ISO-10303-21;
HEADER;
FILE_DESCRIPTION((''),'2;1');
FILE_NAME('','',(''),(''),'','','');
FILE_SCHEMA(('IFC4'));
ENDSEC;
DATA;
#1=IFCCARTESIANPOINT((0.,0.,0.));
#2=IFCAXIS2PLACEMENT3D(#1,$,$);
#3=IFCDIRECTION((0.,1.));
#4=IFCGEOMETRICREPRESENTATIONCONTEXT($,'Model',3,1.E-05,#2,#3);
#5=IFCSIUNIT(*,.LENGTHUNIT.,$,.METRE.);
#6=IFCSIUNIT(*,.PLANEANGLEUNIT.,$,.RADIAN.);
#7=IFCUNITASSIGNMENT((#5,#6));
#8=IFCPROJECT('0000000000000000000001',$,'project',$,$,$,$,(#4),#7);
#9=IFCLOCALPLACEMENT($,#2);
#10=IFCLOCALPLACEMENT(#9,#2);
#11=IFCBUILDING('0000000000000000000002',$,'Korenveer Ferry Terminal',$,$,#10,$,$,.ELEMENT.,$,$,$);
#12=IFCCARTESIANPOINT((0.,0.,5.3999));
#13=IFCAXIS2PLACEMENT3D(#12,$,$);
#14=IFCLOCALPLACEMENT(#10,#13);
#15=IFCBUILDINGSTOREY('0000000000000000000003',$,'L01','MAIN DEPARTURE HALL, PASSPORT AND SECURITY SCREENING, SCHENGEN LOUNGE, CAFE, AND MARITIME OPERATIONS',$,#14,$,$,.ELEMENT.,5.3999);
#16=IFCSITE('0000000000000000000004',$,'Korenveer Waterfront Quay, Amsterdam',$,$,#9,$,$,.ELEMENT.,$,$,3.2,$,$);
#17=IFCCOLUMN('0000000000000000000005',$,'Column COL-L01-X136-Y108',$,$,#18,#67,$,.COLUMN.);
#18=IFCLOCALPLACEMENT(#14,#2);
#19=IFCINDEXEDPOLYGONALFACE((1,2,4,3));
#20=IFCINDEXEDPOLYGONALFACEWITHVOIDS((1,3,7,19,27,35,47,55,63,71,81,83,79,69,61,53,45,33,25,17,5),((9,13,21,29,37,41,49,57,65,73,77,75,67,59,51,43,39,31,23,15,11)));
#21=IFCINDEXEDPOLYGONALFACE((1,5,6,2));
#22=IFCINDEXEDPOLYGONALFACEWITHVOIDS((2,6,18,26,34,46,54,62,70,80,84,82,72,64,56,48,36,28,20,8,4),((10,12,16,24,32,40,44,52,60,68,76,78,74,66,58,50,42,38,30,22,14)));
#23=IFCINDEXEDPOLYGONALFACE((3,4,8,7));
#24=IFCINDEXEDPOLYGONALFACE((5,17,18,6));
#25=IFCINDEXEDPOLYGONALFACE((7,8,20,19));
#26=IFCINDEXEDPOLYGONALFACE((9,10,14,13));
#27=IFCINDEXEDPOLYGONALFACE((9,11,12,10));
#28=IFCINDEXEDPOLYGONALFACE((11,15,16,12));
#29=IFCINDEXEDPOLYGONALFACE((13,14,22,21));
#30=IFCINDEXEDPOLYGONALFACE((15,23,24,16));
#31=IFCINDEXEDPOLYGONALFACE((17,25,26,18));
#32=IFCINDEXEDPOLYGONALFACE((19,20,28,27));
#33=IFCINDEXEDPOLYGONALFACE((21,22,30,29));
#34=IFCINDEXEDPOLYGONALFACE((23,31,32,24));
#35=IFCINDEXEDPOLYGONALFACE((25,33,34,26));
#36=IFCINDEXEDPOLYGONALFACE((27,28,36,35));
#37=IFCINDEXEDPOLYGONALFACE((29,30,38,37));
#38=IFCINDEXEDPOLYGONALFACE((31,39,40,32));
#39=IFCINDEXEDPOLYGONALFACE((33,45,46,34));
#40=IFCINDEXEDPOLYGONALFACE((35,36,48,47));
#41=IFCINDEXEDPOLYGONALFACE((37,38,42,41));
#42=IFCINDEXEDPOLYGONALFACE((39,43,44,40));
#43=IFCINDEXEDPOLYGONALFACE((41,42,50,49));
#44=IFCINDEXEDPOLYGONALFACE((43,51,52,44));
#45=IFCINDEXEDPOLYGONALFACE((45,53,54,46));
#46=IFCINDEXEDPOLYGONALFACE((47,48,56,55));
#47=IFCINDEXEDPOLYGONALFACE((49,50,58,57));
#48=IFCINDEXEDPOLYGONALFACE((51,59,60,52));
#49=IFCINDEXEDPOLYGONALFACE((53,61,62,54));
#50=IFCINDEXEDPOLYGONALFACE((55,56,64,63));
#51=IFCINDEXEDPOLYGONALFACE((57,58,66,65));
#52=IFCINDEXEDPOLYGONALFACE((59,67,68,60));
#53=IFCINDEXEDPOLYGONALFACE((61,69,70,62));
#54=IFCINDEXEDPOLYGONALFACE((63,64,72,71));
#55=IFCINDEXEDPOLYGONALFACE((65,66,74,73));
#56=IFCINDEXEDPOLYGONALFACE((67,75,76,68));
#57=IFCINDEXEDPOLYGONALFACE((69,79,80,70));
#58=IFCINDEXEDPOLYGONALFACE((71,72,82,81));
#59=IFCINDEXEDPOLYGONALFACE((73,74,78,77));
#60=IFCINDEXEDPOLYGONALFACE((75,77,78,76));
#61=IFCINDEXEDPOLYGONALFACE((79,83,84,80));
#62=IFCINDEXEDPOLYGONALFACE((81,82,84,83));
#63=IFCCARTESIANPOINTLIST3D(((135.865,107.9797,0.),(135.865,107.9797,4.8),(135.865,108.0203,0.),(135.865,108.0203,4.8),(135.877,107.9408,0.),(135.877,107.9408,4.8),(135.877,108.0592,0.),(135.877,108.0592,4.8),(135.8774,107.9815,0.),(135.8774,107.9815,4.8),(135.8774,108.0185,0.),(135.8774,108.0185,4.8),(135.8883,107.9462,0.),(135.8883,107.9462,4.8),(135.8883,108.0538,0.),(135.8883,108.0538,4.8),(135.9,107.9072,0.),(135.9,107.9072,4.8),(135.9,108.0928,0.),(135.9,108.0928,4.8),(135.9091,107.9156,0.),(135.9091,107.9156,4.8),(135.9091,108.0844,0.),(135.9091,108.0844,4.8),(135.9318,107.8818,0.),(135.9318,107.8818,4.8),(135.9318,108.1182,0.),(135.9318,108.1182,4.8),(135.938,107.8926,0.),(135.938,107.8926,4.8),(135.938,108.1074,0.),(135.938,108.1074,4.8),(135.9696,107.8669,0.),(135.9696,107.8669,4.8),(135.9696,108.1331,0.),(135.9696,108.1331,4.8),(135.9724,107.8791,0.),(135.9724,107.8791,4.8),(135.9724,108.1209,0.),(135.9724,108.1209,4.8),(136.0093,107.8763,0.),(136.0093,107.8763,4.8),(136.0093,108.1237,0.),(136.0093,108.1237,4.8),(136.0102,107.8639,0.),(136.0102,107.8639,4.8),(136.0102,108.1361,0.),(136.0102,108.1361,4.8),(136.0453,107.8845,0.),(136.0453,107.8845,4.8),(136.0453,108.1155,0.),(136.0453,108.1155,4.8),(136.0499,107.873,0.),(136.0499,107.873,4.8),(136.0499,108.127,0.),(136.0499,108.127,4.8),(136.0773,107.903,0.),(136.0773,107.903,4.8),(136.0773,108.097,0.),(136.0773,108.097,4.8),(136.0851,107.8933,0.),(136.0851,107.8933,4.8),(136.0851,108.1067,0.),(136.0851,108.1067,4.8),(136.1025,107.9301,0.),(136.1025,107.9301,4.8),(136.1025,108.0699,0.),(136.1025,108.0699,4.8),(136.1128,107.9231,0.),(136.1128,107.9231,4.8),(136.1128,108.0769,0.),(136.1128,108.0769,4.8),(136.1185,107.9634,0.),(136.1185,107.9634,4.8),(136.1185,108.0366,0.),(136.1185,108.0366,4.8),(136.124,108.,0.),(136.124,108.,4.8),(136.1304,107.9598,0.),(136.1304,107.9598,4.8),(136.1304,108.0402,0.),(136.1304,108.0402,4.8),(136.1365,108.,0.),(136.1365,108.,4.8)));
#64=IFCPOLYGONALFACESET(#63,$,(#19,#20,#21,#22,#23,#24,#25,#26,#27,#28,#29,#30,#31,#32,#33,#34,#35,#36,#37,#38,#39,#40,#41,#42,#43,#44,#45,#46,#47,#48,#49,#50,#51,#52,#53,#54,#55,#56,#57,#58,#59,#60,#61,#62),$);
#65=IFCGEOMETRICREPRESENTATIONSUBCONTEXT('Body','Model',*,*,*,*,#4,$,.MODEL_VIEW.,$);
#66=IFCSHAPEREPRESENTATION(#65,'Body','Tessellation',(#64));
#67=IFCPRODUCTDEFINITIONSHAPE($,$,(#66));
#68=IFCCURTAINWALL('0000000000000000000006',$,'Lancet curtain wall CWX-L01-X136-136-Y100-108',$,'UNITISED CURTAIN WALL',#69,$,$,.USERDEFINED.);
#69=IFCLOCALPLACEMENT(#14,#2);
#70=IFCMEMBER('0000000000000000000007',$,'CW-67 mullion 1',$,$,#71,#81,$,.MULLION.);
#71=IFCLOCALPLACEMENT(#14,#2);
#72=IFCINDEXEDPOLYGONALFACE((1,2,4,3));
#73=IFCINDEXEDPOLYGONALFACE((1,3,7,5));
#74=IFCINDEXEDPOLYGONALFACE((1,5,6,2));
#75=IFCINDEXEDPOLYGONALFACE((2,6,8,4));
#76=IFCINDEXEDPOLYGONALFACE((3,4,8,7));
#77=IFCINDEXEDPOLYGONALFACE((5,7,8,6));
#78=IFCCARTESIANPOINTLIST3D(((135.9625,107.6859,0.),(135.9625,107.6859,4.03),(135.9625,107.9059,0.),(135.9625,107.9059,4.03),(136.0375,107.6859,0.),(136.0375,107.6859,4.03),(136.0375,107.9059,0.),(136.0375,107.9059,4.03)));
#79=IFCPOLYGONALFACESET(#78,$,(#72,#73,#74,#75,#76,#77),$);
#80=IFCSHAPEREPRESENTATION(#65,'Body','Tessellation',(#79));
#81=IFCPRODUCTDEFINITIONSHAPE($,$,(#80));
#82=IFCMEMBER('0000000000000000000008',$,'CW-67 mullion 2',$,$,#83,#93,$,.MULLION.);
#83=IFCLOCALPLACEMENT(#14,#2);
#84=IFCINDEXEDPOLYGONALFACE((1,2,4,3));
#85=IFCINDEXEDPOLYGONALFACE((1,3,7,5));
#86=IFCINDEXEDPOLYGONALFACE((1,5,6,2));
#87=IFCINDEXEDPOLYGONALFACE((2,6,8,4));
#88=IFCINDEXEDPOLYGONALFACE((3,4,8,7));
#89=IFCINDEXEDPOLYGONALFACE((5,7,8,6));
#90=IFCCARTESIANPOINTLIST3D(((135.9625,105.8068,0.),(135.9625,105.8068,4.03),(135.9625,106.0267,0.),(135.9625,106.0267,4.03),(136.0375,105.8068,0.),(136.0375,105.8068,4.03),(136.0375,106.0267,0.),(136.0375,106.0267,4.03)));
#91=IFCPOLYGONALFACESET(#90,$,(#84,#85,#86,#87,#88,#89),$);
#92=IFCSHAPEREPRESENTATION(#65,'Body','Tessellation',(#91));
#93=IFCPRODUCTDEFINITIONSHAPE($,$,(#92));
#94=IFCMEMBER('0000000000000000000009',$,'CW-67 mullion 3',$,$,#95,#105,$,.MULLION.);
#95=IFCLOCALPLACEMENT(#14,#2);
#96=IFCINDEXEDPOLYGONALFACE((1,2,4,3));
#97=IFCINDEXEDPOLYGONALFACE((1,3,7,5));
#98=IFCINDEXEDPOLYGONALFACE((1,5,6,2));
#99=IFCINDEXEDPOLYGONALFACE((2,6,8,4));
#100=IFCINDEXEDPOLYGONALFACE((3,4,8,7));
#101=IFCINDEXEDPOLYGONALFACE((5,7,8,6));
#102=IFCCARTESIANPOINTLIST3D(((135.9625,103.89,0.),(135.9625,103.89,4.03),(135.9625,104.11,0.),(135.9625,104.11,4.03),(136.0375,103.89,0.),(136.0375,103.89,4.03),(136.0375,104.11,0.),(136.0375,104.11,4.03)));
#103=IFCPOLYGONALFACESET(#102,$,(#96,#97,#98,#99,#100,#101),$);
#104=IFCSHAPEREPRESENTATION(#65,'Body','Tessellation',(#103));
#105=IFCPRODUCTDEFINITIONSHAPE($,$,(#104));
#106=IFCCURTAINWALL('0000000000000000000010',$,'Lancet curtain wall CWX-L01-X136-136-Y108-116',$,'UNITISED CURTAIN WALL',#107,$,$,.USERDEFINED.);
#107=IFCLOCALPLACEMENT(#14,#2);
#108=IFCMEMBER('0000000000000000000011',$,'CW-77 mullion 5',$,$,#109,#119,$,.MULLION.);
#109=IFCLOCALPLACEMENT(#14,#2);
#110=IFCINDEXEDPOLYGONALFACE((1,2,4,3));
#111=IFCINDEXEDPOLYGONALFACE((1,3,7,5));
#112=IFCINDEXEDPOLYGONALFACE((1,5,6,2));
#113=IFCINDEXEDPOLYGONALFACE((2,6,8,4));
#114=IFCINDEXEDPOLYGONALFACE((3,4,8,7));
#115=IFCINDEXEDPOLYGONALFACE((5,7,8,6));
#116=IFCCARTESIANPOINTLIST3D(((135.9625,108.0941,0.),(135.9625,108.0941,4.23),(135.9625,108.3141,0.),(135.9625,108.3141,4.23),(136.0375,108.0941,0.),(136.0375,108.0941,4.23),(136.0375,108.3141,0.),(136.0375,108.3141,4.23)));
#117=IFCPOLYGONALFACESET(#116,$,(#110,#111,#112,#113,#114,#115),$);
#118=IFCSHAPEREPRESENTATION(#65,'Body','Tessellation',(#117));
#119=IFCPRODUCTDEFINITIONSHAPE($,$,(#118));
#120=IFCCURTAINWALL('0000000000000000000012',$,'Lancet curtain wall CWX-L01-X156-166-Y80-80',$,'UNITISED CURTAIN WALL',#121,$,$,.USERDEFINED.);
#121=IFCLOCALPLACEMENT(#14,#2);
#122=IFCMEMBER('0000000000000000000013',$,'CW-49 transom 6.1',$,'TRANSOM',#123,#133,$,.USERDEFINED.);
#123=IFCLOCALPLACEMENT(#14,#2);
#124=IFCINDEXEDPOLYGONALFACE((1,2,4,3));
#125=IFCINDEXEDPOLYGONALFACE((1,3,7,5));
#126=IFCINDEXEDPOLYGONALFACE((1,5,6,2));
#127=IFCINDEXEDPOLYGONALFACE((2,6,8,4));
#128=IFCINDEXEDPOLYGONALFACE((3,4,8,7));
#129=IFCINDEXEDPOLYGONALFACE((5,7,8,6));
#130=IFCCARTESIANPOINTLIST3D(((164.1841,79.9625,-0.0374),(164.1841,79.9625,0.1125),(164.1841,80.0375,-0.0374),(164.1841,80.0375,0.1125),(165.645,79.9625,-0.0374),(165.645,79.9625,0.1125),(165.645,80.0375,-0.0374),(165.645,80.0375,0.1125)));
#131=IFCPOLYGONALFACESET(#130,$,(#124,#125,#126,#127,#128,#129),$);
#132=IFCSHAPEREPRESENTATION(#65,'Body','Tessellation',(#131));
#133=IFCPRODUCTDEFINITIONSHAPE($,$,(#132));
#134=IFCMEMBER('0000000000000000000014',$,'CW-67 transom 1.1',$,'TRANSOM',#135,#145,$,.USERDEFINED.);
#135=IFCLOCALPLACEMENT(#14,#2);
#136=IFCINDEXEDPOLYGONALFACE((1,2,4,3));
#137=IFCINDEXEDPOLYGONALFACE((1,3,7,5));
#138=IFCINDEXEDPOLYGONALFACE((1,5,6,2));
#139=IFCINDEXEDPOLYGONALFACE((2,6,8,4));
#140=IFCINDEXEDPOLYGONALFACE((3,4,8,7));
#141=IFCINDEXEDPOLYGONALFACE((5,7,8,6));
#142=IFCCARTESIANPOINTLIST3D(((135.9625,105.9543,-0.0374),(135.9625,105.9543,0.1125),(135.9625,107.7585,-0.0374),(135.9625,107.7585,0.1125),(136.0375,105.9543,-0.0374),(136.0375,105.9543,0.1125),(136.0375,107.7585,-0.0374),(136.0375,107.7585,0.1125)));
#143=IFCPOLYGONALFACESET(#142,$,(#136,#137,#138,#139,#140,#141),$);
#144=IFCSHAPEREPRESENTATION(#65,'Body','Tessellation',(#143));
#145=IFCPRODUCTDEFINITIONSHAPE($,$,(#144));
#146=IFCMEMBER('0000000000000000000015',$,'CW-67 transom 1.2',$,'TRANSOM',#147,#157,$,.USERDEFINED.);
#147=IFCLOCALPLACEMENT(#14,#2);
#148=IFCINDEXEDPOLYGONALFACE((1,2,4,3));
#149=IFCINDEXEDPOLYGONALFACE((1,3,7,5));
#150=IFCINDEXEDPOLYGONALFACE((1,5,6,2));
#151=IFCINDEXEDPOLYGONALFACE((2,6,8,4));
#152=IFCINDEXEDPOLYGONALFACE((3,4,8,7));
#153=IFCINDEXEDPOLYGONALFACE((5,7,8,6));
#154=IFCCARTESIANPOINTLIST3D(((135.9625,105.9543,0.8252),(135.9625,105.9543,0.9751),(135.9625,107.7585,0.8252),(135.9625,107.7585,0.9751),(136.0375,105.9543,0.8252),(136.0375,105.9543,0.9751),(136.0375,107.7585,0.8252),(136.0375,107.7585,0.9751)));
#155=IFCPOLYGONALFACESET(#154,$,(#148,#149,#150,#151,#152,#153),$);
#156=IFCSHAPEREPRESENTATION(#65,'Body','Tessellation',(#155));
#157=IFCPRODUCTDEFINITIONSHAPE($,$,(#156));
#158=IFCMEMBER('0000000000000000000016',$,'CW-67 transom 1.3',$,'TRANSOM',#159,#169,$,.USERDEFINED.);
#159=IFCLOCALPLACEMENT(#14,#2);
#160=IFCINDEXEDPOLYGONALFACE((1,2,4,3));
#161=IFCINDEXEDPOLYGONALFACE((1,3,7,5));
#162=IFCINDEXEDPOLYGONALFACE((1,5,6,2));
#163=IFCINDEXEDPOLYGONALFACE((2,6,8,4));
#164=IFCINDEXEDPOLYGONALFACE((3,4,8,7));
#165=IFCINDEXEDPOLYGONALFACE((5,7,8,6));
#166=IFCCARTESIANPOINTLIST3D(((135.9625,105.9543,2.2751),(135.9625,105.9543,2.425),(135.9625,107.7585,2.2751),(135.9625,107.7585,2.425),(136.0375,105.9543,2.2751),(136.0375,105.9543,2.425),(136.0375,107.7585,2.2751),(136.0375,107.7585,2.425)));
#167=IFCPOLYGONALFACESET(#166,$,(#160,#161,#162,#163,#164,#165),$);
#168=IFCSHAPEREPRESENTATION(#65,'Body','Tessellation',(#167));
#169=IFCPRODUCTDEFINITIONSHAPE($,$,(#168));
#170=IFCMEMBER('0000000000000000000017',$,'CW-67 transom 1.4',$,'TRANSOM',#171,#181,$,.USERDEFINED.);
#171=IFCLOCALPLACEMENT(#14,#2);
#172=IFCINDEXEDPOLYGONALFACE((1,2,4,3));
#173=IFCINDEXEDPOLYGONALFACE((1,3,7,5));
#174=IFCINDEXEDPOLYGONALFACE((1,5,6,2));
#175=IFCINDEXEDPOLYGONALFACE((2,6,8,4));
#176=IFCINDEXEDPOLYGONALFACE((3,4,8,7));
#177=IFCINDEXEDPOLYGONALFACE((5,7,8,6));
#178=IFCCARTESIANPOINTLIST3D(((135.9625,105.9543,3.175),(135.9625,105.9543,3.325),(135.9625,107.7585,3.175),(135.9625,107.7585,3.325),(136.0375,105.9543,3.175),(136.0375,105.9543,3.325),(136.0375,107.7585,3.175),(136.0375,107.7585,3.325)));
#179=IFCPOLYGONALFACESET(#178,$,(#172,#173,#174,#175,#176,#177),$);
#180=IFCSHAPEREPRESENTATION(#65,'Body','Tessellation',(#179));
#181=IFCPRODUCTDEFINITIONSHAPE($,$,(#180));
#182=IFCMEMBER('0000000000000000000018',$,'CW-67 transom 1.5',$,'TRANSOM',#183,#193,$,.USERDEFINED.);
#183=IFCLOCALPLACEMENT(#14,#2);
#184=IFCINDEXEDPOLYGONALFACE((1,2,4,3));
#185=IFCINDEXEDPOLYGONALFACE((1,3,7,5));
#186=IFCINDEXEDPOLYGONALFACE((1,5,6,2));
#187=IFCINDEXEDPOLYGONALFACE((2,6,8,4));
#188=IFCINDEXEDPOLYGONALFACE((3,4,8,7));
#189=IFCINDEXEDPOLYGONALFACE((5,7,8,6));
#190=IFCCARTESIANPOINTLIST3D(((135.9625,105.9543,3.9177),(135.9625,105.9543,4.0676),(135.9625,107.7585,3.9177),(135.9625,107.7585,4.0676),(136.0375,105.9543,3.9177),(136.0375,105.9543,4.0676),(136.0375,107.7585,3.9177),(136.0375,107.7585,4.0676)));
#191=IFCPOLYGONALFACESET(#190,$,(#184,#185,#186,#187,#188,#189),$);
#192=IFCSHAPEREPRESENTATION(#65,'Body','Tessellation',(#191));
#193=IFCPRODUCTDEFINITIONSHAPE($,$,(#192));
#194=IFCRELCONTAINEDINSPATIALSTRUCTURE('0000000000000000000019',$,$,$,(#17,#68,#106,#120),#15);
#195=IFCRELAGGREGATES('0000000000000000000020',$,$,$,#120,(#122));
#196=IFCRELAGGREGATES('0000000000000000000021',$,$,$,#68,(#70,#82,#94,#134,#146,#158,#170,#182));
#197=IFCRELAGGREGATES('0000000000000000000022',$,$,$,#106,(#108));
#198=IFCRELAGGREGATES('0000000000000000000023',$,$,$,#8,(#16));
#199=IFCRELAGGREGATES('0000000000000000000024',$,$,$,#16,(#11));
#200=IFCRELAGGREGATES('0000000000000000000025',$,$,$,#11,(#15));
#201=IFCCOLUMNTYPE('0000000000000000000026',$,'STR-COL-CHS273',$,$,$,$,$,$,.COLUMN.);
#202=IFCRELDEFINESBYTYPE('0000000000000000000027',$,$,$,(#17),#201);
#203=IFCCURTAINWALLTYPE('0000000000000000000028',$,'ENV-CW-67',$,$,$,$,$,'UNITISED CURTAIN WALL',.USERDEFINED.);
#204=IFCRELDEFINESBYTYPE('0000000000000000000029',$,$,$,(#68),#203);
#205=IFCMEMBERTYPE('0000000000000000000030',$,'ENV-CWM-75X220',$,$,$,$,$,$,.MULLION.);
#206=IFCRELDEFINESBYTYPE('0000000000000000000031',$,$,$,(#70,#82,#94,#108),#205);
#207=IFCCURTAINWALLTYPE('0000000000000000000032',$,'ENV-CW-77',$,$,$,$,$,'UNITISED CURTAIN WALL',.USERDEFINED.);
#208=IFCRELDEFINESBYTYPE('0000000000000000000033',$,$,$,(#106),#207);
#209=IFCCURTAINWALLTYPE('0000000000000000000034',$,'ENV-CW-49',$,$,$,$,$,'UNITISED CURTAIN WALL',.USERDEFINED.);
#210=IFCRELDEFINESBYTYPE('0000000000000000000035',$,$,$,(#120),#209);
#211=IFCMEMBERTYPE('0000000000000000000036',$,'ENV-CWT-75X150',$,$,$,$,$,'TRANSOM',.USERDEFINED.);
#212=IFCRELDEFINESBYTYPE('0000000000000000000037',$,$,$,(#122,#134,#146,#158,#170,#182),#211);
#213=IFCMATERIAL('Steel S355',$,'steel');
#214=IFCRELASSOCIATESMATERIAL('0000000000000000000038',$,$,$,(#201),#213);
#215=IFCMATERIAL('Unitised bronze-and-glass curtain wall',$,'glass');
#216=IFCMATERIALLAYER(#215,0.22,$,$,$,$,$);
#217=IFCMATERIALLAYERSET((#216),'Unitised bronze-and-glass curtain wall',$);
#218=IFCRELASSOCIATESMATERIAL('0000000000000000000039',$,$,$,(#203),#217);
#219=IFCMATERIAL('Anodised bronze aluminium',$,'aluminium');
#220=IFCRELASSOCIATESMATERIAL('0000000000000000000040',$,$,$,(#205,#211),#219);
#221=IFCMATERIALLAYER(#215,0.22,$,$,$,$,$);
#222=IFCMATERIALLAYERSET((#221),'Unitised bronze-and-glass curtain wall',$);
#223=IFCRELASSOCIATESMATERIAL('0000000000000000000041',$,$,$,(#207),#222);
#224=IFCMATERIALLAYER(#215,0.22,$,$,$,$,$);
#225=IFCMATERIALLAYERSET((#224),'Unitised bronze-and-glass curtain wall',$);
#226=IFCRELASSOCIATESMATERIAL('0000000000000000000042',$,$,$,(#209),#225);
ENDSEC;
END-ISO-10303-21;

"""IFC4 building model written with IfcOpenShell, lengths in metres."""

from ifc_helpers import new_model, si_unit, direction, frame, origin, origin_2d, place, context, subcontext, project, spatial, rectangle, hollow_circle, extrude, material, layer, layer_set, material_profile, profile_set, type_object, element, aggregate, save


model = new_model("IFC4")

# Units and contexts
model_context = context("Model", 3, precision=1e-05, world=origin(), true_north=direction((0.0, 1.0)))
body_context = subcontext(model_context, "Body", "Model", "MODEL_VIEW")
ifc_project = project(units=[si_unit("LENGTHUNIT", "METRE"), si_unit("PLANEANGLEUNIT", "RADIAN")], contexts=[model_context])

# Site, building, storey
site_placement = place(None, origin())
site = spatial("IfcSite", under=ifc_project, at=site_placement, Name="Korenveer Waterfront Quay, Amsterdam", CompositionType="ELEMENT", RefElevation=3.2)
building_placement = place(site_placement, origin())
building = spatial("IfcBuilding", under=site, at=building_placement, Name="Korenveer Ferry Terminal", CompositionType="ELEMENT")
storey_placement = place(building_placement, frame((0.0, 0.0, 5.3999)))
storey = spatial("IfcBuildingStorey", under=building, at=storey_placement, Name="L01", Description="MAIN DEPARTURE HALL, PASSPORT AND SECURITY SCREENING, SCHENGEN LOUNGE, CAFE, AND MARITIME OPERATIONS", CompositionType="ELEMENT", Elevation=5.3999)

# Column
ifc_material_1 = material(Name="Steel S355", Category="steel")
ifc_material_profile_1 = material_profile(ifc_material_1, hollow_circle(Radius=0.1365, WallThickness=0.0125, at=origin_2d()), Name="CHS 273x12.5")
ifc_profile_set_1 = profile_set([ifc_material_profile_1], Name="Steel S355")
column_type = type_object("IfcColumnType", Name="STR-COL-CHS273", PredefinedType="COLUMN", material=ifc_profile_set_1)
column_placement = place(storey_placement, frame((136.0, 108.0, 0.0), z_axis=(0.0, 0.0, 1.0), x_axis=(1.0, 0.0, 0.0)))
element("IfcColumn", 1, at=column_placement, inside=storey, type_object=column_type, Name="Column COL-L01-X136-Y108", PredefinedType="COLUMN", context=body_context, shape_type="SweptSolid", body=[
    extrude(hollow_circle(Radius=0.1365, WallThickness=0.0125, at=origin_2d()), origin(), (0.0, 0.0, 1.0), 4.8),
])

# Curtain wall, members
ifc_material_2 = material(Name="Unitised bronze-and-glass curtain wall", Category="glass")
ifc_layer_1 = layer(ifc_material_2, 0.22)
ifc_layer_set_1 = layer_set([ifc_layer_1], Name="Unitised bronze-and-glass curtain wall")
curtain_wall_type_1 = type_object("IfcCurtainWallType", Name="ENV-CW-67", ElementType="UNITISED CURTAIN WALL", PredefinedType="USERDEFINED", material=ifc_layer_set_1)
curtain_wall_1_placement = place(storey_placement, frame((136.0, 107.8335, 0.0)))
curtain_wall_1 = element("IfcCurtainWall", 2, at=curtain_wall_1_placement, inside=storey, type_object=curtain_wall_type_1, Name="Lancet curtain wall CWX-L01-X136-136-Y100-108", ObjectType="UNITISED CURTAIN WALL", PredefinedType="USERDEFINED")
ifc_material_3 = material(Name="Anodised bronze aluminium", Category="aluminium")
ifc_material_profile_2 = material_profile(ifc_material_3, rectangle(XDim=0.075, YDim=0.22, at=origin_2d()), Name="ALU 75x220")
ifc_profile_set_2 = profile_set([ifc_material_profile_2], Name="Anodised bronze aluminium")
member_type_1 = type_object("IfcMemberType", Name="ENV-CWM-75X220", PredefinedType="MULLION", material=ifc_profile_set_2)
member_1_placement = place(storey_placement, frame((136.0, 107.7959, 0.0), z_axis=(0.0, 0.0, 1.0), x_axis=(1.0, 0.0, 0.0)))
member_1 = element("IfcMember", 3, at=member_1_placement, type_object=member_type_1, Name="CW-67 mullion 1", PredefinedType="MULLION", context=body_context, shape_type="SweptSolid", body=[
    extrude(rectangle(XDim=0.075, YDim=0.22, at=origin_2d()), origin(), (0.0, 0.0, 1.0), 4.03),
])
member_2_placement = place(storey_placement, frame((136.0, 105.9167, 0.0), z_axis=(0.0, 0.0, 1.0), x_axis=(1.0, 0.0, 0.0)))
member_2 = element("IfcMember", 4, at=member_2_placement, type_object=member_type_1, Name="CW-67 mullion 2", PredefinedType="MULLION", context=body_context, shape_type="SweptSolid", body=[
    extrude(rectangle(XDim=0.075, YDim=0.22, at=origin_2d()), origin(), (0.0, 0.0, 1.0), 4.03),
])
member_3_placement = place(storey_placement, frame((136.0, 104.0, 0.0), z_axis=(0.0, 0.0, 1.0), x_axis=(1.0, 0.0, 0.0)))
member_3 = element("IfcMember", 5, at=member_3_placement, type_object=member_type_1, Name="CW-67 mullion 3", PredefinedType="MULLION", context=body_context, shape_type="SweptSolid", body=[
    extrude(rectangle(XDim=0.075, YDim=0.22, at=origin_2d()), origin(), (0.0, 0.0, 1.0), 4.03),
])

# Curtain walls, members
ifc_layer_2 = layer(ifc_material_2, 0.22)
ifc_layer_set_2 = layer_set([ifc_layer_2], Name="Unitised bronze-and-glass curtain wall")
curtain_wall_type_2 = type_object("IfcCurtainWallType", Name="ENV-CW-77", ElementType="UNITISED CURTAIN WALL", PredefinedType="USERDEFINED", material=ifc_layer_set_2)
curtain_wall_2_placement = place(storey_placement, frame((136.0, 115.8335, 0.0)))
curtain_wall_2 = element("IfcCurtainWall", 6, at=curtain_wall_2_placement, inside=storey, type_object=curtain_wall_type_2, Name="Lancet curtain wall CWX-L01-X136-136-Y108-116", ObjectType="UNITISED CURTAIN WALL", PredefinedType="USERDEFINED")
member_4_placement = place(storey_placement, frame((136.0, 108.2041, 0.0), z_axis=(0.0, 0.0, 1.0), x_axis=(1.0, 0.0, 0.0)))
member_4 = element("IfcMember", 7, at=member_4_placement, type_object=member_type_1, Name="CW-77 mullion 5", PredefinedType="MULLION", context=body_context, shape_type="SweptSolid", body=[
    extrude(rectangle(XDim=0.075, YDim=0.22, at=origin_2d()), origin(), (0.0, 0.0, 1.0), 4.23),
])
ifc_layer_3 = layer(ifc_material_2, 0.22)
ifc_layer_set_3 = layer_set([ifc_layer_3], Name="Unitised bronze-and-glass curtain wall")
curtain_wall_type_3 = type_object("IfcCurtainWallType", Name="ENV-CW-49", ElementType="UNITISED CURTAIN WALL", PredefinedType="USERDEFINED", material=ifc_layer_set_3)
curtain_wall_3_placement = place(storey_placement, frame((156.28, 80.0, 0.0)))
curtain_wall_3 = element("IfcCurtainWall", 8, at=curtain_wall_3_placement, inside=storey, type_object=curtain_wall_type_3, Name="Lancet curtain wall CWX-L01-X156-166-Y80-80", ObjectType="UNITISED CURTAIN WALL", PredefinedType="USERDEFINED")
ifc_material_profile_3 = material_profile(ifc_material_3, rectangle(XDim=0.075, YDim=0.1499, at=origin_2d()), Name="ALU 75x150")
ifc_profile_set_3 = profile_set([ifc_material_profile_3], Name="Anodised bronze aluminium")
member_type_2 = type_object("IfcMemberType", Name="ENV-CWT-75X150", ElementType="TRANSOM", PredefinedType="USERDEFINED", material=ifc_profile_set_3)
member_5_placement = place(storey_placement, frame((164.1841, 80.0, 0.0376), z_axis=(1.0, 0.0, 0.0), x_axis=(0.0, 1.0, 0.0)))
member_5 = element("IfcMember", 9, at=member_5_placement, type_object=member_type_2, Name="CW-49 transom 6.1", ObjectType="TRANSOM", PredefinedType="USERDEFINED", context=body_context, shape_type="SweptSolid", body=[
    extrude(rectangle(XDim=0.075, YDim=0.1499, at=origin_2d()), origin(), (0.0, 0.0, 1.0), 1.4609),
])
aggregate(curtain_wall_3, [member_5])

# Members
member_6_placement = place(storey_placement, frame((136.0, 107.7585, 0.0376), z_axis=(0.0, -1.0, 0.0), x_axis=(1.0, 0.0, 0.0)))
member_6 = element("IfcMember", 10, at=member_6_placement, type_object=member_type_2, Name="CW-67 transom 1.1", ObjectType="TRANSOM", PredefinedType="USERDEFINED", context=body_context, shape_type="SweptSolid", body=[
    extrude(rectangle(XDim=0.075, YDim=0.1499, at=origin_2d()), origin(), (0.0, 0.0, 1.0), 1.8042),
])
member_7_placement = place(storey_placement, frame((136.0, 107.7585, 0.9001), z_axis=(0.0, -1.0, 0.0), x_axis=(1.0, 0.0, 0.0)))
member_7 = element("IfcMember", 11, at=member_7_placement, type_object=member_type_2, Name="CW-67 transom 1.2", ObjectType="TRANSOM", PredefinedType="USERDEFINED", context=body_context, shape_type="SweptSolid", body=[
    extrude(rectangle(XDim=0.075, YDim=0.1499, at=origin_2d()), origin(), (0.0, 0.0, 1.0), 1.8042),
])
member_8_placement = place(storey_placement, frame((136.0, 107.7585, 2.3501), z_axis=(0.0, -1.0, 0.0), x_axis=(1.0, 0.0, 0.0)))
member_8 = element("IfcMember", 12, at=member_8_placement, type_object=member_type_2, Name="CW-67 transom 1.3", ObjectType="TRANSOM", PredefinedType="USERDEFINED", context=body_context, shape_type="SweptSolid", body=[
    extrude(rectangle(XDim=0.075, YDim=0.1499, at=origin_2d()), origin(), (0.0, 0.0, 1.0), 1.8042),
])
member_9_placement = place(storey_placement, frame((136.0, 107.7585, 3.25), z_axis=(0.0, -1.0, 0.0), x_axis=(1.0, 0.0, 0.0)))
member_9 = element("IfcMember", 13, at=member_9_placement, type_object=member_type_2, Name="CW-67 transom 1.4", ObjectType="TRANSOM", PredefinedType="USERDEFINED", context=body_context, shape_type="SweptSolid", body=[
    extrude(rectangle(XDim=0.075, YDim=0.1499, at=origin_2d()), origin(), (0.0, 0.0, 1.0), 1.8042),
])
member_10_placement = place(storey_placement, frame((136.0, 107.7585, 3.9927), z_axis=(0.0, -1.0, 0.0), x_axis=(1.0, 0.0, 0.0)))
member_10 = element("IfcMember", 14, at=member_10_placement, type_object=member_type_2, Name="CW-67 transom 1.5", ObjectType="TRANSOM", PredefinedType="USERDEFINED", context=body_context, shape_type="SweptSolid", body=[
    extrude(rectangle(XDim=0.075, YDim=0.1499, at=origin_2d()), origin(), (0.0, 0.0, 1.0), 1.8042),
])

aggregate(curtain_wall_1, [member_1, member_2, member_3, member_6, member_7, member_8, member_9, member_10])
aggregate(curtain_wall_2, [member_4])

save(model, "model.ifc")
